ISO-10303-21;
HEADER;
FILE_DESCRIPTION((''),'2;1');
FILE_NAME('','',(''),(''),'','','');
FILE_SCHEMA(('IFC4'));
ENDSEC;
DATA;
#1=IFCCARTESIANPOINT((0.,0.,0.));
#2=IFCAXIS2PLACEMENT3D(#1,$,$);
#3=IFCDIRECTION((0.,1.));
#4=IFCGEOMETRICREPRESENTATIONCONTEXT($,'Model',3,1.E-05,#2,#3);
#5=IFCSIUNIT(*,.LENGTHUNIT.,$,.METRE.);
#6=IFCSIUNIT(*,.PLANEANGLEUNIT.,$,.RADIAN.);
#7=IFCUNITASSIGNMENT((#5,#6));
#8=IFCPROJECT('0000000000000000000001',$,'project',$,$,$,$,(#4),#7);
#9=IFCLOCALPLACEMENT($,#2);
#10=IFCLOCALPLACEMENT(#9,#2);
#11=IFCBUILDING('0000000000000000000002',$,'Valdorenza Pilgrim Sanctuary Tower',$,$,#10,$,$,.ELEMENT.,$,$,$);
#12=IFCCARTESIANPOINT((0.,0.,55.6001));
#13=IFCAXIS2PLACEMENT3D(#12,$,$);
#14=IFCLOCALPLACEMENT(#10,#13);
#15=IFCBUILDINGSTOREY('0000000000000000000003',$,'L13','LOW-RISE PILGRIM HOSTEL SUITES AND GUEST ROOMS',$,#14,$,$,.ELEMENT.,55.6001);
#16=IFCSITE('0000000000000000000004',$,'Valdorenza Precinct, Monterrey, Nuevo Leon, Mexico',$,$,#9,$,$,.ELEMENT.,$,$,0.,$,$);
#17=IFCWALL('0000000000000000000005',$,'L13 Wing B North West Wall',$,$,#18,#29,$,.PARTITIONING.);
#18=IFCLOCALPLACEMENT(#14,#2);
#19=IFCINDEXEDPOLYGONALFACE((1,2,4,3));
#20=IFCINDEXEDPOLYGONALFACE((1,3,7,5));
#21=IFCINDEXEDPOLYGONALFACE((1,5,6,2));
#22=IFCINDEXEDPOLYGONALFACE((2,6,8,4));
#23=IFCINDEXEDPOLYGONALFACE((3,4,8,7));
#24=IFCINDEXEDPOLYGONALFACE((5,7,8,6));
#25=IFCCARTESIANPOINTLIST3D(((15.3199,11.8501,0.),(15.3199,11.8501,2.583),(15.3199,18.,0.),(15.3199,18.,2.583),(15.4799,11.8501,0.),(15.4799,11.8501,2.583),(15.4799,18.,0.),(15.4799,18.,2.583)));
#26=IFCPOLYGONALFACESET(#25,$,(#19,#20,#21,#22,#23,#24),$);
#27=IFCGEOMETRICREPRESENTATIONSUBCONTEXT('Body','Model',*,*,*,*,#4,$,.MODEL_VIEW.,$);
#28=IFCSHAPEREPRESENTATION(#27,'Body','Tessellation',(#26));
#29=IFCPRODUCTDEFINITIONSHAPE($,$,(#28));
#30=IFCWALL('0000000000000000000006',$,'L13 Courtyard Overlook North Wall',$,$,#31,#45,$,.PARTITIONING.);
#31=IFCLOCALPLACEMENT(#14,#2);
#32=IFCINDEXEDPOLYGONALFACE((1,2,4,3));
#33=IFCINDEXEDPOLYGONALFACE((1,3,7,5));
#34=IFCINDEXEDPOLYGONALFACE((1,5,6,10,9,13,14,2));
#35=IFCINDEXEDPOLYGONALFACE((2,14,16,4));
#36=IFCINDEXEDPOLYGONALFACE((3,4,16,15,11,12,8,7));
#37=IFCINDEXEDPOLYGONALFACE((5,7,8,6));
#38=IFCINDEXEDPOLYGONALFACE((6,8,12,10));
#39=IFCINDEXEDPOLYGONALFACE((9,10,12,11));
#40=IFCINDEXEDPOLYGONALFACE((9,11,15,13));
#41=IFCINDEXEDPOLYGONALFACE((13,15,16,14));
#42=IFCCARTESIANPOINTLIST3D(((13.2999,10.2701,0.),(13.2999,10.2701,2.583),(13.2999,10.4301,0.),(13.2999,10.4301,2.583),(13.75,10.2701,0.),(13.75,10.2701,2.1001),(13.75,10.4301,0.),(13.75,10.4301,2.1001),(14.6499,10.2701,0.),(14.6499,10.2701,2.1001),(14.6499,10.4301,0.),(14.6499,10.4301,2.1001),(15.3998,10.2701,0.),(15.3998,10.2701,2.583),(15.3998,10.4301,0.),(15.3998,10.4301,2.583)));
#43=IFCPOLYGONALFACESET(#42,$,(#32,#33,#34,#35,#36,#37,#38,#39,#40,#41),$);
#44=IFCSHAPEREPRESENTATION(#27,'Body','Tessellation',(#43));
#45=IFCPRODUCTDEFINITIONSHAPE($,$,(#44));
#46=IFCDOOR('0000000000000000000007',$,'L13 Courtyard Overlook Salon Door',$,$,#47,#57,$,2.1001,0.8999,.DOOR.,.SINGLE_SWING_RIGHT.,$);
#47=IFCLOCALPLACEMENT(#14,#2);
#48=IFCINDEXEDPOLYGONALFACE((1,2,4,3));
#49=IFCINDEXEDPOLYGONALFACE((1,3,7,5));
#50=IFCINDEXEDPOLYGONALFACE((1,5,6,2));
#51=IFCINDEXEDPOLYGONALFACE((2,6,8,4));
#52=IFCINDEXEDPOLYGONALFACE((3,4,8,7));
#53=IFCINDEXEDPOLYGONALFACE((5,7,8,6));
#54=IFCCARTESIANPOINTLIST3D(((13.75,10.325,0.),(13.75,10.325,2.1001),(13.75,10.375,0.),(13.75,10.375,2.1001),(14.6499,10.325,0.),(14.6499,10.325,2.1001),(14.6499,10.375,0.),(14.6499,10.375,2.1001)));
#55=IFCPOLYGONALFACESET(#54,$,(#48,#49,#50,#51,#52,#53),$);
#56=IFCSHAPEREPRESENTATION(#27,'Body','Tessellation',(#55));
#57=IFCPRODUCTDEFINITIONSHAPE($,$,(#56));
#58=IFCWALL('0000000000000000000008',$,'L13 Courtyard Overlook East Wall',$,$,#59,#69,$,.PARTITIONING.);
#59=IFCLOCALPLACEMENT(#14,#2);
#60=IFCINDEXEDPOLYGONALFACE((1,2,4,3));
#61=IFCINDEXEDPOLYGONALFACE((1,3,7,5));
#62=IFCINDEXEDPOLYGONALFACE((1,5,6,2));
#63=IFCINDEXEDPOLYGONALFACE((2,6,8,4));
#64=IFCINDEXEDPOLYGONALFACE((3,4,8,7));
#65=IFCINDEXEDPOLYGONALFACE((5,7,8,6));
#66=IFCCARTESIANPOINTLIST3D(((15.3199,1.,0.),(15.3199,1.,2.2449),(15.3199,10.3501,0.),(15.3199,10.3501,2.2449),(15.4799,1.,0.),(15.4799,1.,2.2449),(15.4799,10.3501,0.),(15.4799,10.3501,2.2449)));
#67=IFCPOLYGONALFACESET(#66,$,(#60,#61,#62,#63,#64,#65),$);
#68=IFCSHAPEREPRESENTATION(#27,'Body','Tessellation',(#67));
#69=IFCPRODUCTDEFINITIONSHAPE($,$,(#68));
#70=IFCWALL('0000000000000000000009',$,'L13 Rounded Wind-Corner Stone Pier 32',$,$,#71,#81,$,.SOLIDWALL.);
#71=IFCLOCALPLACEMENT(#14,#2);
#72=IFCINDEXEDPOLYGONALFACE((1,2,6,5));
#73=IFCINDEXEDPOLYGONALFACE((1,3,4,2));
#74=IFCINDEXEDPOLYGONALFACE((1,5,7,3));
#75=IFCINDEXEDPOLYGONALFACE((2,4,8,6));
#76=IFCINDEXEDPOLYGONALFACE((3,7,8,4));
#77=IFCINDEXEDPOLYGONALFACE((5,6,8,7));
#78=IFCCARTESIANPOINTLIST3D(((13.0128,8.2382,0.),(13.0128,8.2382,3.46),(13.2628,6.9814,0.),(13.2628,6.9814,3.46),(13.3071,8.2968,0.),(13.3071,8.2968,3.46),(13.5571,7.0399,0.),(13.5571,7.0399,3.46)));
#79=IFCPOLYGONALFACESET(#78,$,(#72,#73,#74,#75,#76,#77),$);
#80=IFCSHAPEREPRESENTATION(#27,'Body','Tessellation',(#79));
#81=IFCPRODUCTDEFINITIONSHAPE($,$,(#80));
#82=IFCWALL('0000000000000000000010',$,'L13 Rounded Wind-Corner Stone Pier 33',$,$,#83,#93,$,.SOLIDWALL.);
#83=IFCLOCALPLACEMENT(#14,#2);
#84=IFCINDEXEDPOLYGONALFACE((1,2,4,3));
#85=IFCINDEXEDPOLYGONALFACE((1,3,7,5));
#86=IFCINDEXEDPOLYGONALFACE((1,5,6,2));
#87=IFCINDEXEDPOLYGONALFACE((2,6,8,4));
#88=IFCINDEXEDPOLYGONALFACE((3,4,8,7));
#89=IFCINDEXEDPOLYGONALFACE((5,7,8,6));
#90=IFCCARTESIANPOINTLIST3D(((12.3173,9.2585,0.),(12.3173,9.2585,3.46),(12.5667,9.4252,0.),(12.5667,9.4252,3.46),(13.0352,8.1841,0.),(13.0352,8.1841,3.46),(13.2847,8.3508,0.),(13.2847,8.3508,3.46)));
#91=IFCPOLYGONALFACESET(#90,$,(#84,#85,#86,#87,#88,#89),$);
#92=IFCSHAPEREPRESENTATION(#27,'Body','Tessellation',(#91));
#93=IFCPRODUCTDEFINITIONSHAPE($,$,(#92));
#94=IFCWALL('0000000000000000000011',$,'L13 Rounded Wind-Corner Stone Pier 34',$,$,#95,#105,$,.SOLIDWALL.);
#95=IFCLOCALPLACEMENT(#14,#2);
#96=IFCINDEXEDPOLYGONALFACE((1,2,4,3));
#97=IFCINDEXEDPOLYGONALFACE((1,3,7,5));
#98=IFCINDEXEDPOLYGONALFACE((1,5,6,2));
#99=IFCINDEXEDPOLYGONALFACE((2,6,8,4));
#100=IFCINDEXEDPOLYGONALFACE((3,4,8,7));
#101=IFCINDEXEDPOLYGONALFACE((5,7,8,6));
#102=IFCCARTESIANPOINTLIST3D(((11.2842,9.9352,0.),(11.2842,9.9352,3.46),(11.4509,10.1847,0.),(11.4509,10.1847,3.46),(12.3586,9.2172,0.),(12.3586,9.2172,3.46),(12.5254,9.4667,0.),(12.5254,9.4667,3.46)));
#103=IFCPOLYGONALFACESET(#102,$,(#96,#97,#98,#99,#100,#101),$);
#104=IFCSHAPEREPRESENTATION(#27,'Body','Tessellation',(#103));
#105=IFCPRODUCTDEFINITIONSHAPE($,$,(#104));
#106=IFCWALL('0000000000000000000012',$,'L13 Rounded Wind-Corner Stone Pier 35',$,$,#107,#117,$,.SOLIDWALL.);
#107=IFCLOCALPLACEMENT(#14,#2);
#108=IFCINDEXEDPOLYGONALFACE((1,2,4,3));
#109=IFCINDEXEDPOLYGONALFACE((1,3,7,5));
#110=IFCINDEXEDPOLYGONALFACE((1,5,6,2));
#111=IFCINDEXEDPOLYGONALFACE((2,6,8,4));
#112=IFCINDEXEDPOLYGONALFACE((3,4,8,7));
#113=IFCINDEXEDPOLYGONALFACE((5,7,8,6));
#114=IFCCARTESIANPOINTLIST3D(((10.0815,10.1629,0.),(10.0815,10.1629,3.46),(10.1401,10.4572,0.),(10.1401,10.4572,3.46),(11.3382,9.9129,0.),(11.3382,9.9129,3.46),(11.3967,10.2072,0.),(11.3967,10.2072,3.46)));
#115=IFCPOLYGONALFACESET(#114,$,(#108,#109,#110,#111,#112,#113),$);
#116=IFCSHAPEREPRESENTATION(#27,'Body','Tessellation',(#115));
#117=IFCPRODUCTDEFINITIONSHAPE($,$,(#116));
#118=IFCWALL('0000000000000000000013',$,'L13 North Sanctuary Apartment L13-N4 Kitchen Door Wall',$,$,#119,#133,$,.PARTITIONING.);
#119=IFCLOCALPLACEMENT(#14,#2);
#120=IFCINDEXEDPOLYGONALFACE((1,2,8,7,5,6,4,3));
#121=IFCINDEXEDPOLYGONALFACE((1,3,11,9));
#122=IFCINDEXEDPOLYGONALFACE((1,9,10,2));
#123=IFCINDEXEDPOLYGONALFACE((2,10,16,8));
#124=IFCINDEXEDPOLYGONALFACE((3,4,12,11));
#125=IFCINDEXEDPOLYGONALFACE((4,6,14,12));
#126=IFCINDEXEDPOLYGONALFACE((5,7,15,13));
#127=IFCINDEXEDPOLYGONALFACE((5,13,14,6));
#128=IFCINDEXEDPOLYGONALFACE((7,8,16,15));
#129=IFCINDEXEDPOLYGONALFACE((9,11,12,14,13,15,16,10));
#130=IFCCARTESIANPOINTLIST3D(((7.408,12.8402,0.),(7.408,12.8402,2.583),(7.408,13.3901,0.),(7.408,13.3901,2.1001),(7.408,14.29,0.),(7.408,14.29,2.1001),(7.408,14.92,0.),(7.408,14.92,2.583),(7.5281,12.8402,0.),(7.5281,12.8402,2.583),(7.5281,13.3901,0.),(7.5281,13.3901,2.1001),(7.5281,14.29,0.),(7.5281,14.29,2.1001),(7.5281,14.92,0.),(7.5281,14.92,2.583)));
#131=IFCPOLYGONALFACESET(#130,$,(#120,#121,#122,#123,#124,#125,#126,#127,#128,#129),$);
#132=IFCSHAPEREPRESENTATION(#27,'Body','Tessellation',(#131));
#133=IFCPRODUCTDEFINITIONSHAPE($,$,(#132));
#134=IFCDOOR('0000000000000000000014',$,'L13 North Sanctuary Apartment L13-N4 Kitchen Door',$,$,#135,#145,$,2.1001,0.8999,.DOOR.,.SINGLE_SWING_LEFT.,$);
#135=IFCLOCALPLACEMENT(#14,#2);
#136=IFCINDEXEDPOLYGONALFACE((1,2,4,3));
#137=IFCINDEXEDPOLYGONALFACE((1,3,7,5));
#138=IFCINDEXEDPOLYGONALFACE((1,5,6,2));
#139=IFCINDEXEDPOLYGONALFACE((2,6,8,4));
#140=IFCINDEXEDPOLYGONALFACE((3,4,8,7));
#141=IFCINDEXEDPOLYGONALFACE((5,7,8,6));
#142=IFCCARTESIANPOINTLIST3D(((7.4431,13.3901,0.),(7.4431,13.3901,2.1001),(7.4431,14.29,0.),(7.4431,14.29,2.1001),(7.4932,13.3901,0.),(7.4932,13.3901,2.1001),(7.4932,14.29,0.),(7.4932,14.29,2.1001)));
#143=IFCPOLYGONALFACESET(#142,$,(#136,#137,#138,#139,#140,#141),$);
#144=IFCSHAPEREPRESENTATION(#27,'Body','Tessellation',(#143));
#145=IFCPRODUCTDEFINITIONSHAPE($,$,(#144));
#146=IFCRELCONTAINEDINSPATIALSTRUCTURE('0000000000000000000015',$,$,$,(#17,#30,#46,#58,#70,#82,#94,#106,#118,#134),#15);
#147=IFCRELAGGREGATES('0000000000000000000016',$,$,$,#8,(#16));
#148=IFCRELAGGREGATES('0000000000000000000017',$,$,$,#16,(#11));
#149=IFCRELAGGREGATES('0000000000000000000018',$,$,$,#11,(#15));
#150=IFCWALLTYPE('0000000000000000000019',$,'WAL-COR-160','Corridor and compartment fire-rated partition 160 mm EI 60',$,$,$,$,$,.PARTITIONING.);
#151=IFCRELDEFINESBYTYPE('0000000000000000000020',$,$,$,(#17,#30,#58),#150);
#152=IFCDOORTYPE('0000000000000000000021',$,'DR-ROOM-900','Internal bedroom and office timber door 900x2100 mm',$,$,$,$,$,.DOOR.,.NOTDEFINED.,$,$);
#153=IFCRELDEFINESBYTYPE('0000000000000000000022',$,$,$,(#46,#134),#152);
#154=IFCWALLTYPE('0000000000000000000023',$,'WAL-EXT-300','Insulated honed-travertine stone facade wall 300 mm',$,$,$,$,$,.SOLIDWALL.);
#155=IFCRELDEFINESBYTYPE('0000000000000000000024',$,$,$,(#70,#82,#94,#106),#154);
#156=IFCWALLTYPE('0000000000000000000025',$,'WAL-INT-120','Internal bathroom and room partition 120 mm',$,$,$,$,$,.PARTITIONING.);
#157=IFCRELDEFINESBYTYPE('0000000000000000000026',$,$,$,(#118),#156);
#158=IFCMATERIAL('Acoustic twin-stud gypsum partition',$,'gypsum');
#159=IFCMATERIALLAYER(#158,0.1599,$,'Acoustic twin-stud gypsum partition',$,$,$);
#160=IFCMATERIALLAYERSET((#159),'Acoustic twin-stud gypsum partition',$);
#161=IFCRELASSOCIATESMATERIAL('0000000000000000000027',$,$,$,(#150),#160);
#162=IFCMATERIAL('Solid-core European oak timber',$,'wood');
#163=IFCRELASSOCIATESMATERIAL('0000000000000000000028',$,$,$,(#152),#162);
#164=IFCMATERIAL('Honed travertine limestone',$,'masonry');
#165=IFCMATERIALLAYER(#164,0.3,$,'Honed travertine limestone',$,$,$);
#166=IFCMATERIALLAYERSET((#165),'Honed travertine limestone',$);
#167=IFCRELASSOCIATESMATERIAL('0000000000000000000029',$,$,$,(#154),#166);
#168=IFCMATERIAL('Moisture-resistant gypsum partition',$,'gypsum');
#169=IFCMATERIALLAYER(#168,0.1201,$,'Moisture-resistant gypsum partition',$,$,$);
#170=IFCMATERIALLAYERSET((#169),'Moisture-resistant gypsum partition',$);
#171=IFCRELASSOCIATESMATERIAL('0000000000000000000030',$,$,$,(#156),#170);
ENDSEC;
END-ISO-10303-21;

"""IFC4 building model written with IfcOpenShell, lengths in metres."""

from ifc_helpers import new_model, si_unit, direction, frame, frame_2d, origin, place, context, subcontext, project, spatial, rectangle, extrude, material, layer, layer_set, type_object, element, fill, save


model = new_model("IFC4")

# Units and contexts
model_context = context("Model", 3, precision=1e-05, world=origin(), true_north=direction((0.0, 1.0)))
body_context = subcontext(model_context, "Body", "Model", "MODEL_VIEW")
ifc_project = project(units=[si_unit("LENGTHUNIT", "METRE"), si_unit("PLANEANGLEUNIT", "RADIAN")], contexts=[model_context])

# Site, building, storey
site_placement = place(None, origin())
site = spatial("IfcSite", under=ifc_project, at=site_placement, Name="Valdorenza Precinct, Monterrey, Nuevo Leon, Mexico", CompositionType="ELEMENT", RefElevation=0.0)
building_placement = place(site_placement, origin())
building = spatial("IfcBuilding", under=site, at=building_placement, Name="Valdorenza Pilgrim Sanctuary Tower", CompositionType="ELEMENT")
storey_placement = place(building_placement, frame((0.0, 0.0, 55.6001)))
storey = spatial("IfcBuildingStorey", under=building, at=storey_placement, Name="L13", Description="LOW-RISE PILGRIM HOSTEL SUITES AND GUEST ROOMS", CompositionType="ELEMENT", Elevation=55.6001)

# Shared definitions
ifc_material_1 = material(Name="Honed travertine limestone", Category="masonry")

# Shared definitions
ifc_material_2 = material(Name="Acoustic twin-stud gypsum partition", Category="gypsum")
ifc_layer_1 = layer(ifc_material_2, 0.1599, Name="Acoustic twin-stud gypsum partition")
ifc_layer_set_1 = layer_set([ifc_layer_1], Name="Acoustic twin-stud gypsum partition")
wall_type_1 = type_object("IfcWallType", Name="WAL-COR-160", Description="Corridor and compartment fire-rated partition 160 mm EI 60", PredefinedType="PARTITIONING", material=ifc_layer_set_1)
ifc_material_3 = material(Name="Solid-core European oak timber", Category="wood")
door_type = type_object("IfcDoorType", Name="DR-ROOM-900", Description="Internal bedroom and office timber door 900x2100 mm", OperationType="NOTDEFINED", PredefinedType="DOOR", material=ifc_material_3)

# Wall
wall_1_placement = place(storey_placement, frame((15.3999, 11.8501, 0.0), z_axis=(0.0, 0.0, 1.0), x_axis=(0.0, 1.0, 0.0)))
element("IfcWall", 1, at=wall_1_placement, inside=storey, type_object=wall_type_1, Name="L13 Wing B North West Wall", PredefinedType="PARTITIONING", context=body_context, shape_type="SweptSolid", body=[
    extrude(rectangle(XDim=6.1499, YDim=0.1599, at=frame_2d((3.075, 0.0))), origin(), (0.0, 0.0, 1.0), 2.583),
])

# Wall, opening, door
wall_2_placement = place(storey_placement, frame((13.3, 10.3501, 0.0), z_axis=(0.0, 0.0, 1.0), x_axis=(1.0, 0.0, 0.0)))
wall_2 = element("IfcWall", 2, at=wall_2_placement, inside=storey, type_object=wall_type_1, Name="L13 Courtyard Overlook North Wall", PredefinedType="PARTITIONING", context=body_context, shape_type="SweptSolid", body=[
    extrude(rectangle(XDim=2.0999, YDim=0.1599, at=frame_2d((1.0498, 0.0))), origin(), (0.0, 0.0, 1.0), 2.583),
])
opening_1_placement = place(wall_2_placement, frame((0.45, 0.0, 0.0)))
opening_1 = element("IfcOpeningElement", 3, at=opening_1_placement, cuts=wall_2, PredefinedType="OPENING", context=body_context, shape_type="SweptSolid", body=[
    extrude(rectangle(XDim=0.8999, YDim=2.1001, at=frame_2d((0.45, 1.05))), frame((0.0, 0.0947, 0.0), z_axis=(0.0, -1.0, 0.0), x_axis=(1.0, 0.0, 0.0)), (0.0, 0.0, 1.0), 0.1897),
])
door_1_placement = place(opening_1_placement, origin())
door_1 = element("IfcDoor", 4, at=door_1_placement, inside=storey, type_object=door_type, Name="L13 Courtyard Overlook Salon Door", OperationType="SINGLE_SWING_RIGHT", OverallHeight=2.1001, OverallWidth=0.8999, PredefinedType="DOOR", context=body_context, shape_type="SweptSolid", body=[
    extrude(rectangle(XDim=0.8999, YDim=2.1001, at=frame_2d((0.45, 1.05))), frame((0.0, 0.0249, 0.0), z_axis=(0.0, -1.0, 0.0), x_axis=(1.0, 0.0, 0.0)), (0.0, 0.0, 1.0), 0.05),
])
fill(opening_1, door_1)

# Walls
wall_3_placement = place(storey_placement, frame((15.3999, 1.0, 0.0), z_axis=(0.0, 0.0, 1.0), x_axis=(0.0, 1.0, 0.0)))
element("IfcWall", 5, at=wall_3_placement, inside=storey, type_object=wall_type_1, Name="L13 Courtyard Overlook East Wall", PredefinedType="PARTITIONING", context=body_context, shape_type="SweptSolid", body=[
    extrude(rectangle(XDim=9.3501, YDim=0.1599, at=frame_2d((4.675, 0.0))), origin(), (0.0, 0.0, 1.0), 2.2449),
])
ifc_layer_2 = layer(ifc_material_1, 0.3, Name="Honed travertine limestone")
ifc_layer_set_2 = layer_set([ifc_layer_2], Name="Honed travertine limestone")
wall_type_2 = type_object("IfcWallType", Name="WAL-EXT-300", Description="Insulated honed-travertine stone facade wall 300 mm", PredefinedType="SOLIDWALL", material=ifc_layer_set_2)
wall_4_placement = place(storey_placement, frame((13.4099, 7.0107, 0.0), z_axis=(0.0, 0.0, 1.0), x_axis=(-0.19509, 0.980785, 0.0)))
element("IfcWall", 6, at=wall_4_placement, inside=storey, type_object=wall_type_2, Name="L13 Rounded Wind-Corner Stone Pier 32", PredefinedType="SOLIDWALL", context=body_context, shape_type="SweptSolid", body=[
    extrude(rectangle(XDim=1.2815, YDim=0.3, at=frame_2d((0.6406, 0.0))), origin(), (0.0, 0.0, 1.0), 3.46),
])
for number, where, z_axis, x_axis, name in (
    (7, (13.1599, 8.2676, 0.0), (0.0, 0.0, 1.0), (-0.555615, 0.831439, 0.0), "L13 Rounded Wind-Corner Stone Pier 33"),
    (8, (12.4419, 9.342, 0.0), (0.0, 0.0, 1.0), (-0.831439, 0.555615, 0.0), "L13 Rounded Wind-Corner Stone Pier 34"),
):
    element("IfcWall", number, at=place(storey_placement, frame(where, z_axis=z_axis, x_axis=x_axis)), inside=storey, type_object=wall_type_2, Name=name, PredefinedType="SOLIDWALL", context=body_context, shape_type="SweptSolid", body=[
        extrude(rectangle(XDim=1.2922, YDim=0.3, at=frame_2d((0.646, 0.0))), origin(), (0.0, 0.0, 1.0), 3.46),
    ])
wall_5_placement = place(storey_placement, frame((11.3674, 10.0601, 0.0), z_axis=(0.0, 0.0, 1.0), x_axis=(-0.980778, 0.195127, 0.0)))
element("IfcWall", 9, at=wall_5_placement, inside=storey, type_object=wall_type_2, Name="L13 Rounded Wind-Corner Stone Pier 35", PredefinedType="SOLIDWALL", context=body_context, shape_type="SweptSolid", body=[
    extrude(rectangle(XDim=1.2812, YDim=0.3, at=frame_2d((0.6406, 0.0))), origin(), (0.0, 0.0, 1.0), 3.46),
])

# Wall, opening, door
ifc_material_4 = material(Name="Moisture-resistant gypsum partition", Category="gypsum")
ifc_layer_3 = layer(ifc_material_4, 0.1201, Name="Moisture-resistant gypsum partition")
ifc_layer_set_3 = layer_set([ifc_layer_3], Name="Moisture-resistant gypsum partition")
wall_type_3 = type_object("IfcWallType", Name="WAL-INT-120", Description="Internal bathroom and room partition 120 mm", PredefinedType="PARTITIONING", material=ifc_layer_set_3)
wall_6_placement = place(storey_placement, frame((7.468, 12.8401, 0.0), z_axis=(0.0, 0.0, 1.0), x_axis=(0.0, 1.0, 0.0)))
wall_6 = element("IfcWall", 10, at=wall_6_placement, inside=storey, type_object=wall_type_3, Name="L13 North Sanctuary Apartment L13-N4 Kitchen Door Wall", PredefinedType="PARTITIONING", context=body_context, shape_type="SweptSolid", body=[
    extrude(rectangle(XDim=2.0798, YDim=0.1201, at=frame_2d((1.04, 0.0))), origin(), (0.0, 0.0, 1.0), 2.583),
])
opening_2_placement = place(wall_6_placement, frame((0.55, 0.0, 0.0)))
opening_2 = element("IfcOpeningElement", 11, at=opening_2_placement, cuts=wall_6, PredefinedType="OPENING", context=body_context, shape_type="SweptSolid", body=[
    extrude(rectangle(XDim=0.8999, YDim=2.1001, at=frame_2d((0.45, 1.05))), frame((0.0, 0.075, 0.0), z_axis=(0.0, -1.0, 0.0), x_axis=(1.0, 0.0, 0.0)), (0.0, 0.0, 1.0), 0.1499),
])
door_2_placement = place(opening_2_placement, origin())
door_2 = element("IfcDoor", 12, at=door_2_placement, inside=storey, type_object=door_type, Name="L13 North Sanctuary Apartment L13-N4 Kitchen Door", OperationType="SINGLE_SWING_LEFT", OverallHeight=2.1001, OverallWidth=0.8999, PredefinedType="DOOR", context=body_context, shape_type="SweptSolid", body=[
    extrude(rectangle(XDim=0.8999, YDim=2.1001, at=frame_2d((0.45, 1.05))), frame((0.0, 0.0249, 0.0), z_axis=(0.0, -1.0, 0.0), x_axis=(1.0, 0.0, 0.0)), (0.0, 0.0, 1.0), 0.05),
])
fill(opening_2, door_2)

save(model, "model.ifc")
